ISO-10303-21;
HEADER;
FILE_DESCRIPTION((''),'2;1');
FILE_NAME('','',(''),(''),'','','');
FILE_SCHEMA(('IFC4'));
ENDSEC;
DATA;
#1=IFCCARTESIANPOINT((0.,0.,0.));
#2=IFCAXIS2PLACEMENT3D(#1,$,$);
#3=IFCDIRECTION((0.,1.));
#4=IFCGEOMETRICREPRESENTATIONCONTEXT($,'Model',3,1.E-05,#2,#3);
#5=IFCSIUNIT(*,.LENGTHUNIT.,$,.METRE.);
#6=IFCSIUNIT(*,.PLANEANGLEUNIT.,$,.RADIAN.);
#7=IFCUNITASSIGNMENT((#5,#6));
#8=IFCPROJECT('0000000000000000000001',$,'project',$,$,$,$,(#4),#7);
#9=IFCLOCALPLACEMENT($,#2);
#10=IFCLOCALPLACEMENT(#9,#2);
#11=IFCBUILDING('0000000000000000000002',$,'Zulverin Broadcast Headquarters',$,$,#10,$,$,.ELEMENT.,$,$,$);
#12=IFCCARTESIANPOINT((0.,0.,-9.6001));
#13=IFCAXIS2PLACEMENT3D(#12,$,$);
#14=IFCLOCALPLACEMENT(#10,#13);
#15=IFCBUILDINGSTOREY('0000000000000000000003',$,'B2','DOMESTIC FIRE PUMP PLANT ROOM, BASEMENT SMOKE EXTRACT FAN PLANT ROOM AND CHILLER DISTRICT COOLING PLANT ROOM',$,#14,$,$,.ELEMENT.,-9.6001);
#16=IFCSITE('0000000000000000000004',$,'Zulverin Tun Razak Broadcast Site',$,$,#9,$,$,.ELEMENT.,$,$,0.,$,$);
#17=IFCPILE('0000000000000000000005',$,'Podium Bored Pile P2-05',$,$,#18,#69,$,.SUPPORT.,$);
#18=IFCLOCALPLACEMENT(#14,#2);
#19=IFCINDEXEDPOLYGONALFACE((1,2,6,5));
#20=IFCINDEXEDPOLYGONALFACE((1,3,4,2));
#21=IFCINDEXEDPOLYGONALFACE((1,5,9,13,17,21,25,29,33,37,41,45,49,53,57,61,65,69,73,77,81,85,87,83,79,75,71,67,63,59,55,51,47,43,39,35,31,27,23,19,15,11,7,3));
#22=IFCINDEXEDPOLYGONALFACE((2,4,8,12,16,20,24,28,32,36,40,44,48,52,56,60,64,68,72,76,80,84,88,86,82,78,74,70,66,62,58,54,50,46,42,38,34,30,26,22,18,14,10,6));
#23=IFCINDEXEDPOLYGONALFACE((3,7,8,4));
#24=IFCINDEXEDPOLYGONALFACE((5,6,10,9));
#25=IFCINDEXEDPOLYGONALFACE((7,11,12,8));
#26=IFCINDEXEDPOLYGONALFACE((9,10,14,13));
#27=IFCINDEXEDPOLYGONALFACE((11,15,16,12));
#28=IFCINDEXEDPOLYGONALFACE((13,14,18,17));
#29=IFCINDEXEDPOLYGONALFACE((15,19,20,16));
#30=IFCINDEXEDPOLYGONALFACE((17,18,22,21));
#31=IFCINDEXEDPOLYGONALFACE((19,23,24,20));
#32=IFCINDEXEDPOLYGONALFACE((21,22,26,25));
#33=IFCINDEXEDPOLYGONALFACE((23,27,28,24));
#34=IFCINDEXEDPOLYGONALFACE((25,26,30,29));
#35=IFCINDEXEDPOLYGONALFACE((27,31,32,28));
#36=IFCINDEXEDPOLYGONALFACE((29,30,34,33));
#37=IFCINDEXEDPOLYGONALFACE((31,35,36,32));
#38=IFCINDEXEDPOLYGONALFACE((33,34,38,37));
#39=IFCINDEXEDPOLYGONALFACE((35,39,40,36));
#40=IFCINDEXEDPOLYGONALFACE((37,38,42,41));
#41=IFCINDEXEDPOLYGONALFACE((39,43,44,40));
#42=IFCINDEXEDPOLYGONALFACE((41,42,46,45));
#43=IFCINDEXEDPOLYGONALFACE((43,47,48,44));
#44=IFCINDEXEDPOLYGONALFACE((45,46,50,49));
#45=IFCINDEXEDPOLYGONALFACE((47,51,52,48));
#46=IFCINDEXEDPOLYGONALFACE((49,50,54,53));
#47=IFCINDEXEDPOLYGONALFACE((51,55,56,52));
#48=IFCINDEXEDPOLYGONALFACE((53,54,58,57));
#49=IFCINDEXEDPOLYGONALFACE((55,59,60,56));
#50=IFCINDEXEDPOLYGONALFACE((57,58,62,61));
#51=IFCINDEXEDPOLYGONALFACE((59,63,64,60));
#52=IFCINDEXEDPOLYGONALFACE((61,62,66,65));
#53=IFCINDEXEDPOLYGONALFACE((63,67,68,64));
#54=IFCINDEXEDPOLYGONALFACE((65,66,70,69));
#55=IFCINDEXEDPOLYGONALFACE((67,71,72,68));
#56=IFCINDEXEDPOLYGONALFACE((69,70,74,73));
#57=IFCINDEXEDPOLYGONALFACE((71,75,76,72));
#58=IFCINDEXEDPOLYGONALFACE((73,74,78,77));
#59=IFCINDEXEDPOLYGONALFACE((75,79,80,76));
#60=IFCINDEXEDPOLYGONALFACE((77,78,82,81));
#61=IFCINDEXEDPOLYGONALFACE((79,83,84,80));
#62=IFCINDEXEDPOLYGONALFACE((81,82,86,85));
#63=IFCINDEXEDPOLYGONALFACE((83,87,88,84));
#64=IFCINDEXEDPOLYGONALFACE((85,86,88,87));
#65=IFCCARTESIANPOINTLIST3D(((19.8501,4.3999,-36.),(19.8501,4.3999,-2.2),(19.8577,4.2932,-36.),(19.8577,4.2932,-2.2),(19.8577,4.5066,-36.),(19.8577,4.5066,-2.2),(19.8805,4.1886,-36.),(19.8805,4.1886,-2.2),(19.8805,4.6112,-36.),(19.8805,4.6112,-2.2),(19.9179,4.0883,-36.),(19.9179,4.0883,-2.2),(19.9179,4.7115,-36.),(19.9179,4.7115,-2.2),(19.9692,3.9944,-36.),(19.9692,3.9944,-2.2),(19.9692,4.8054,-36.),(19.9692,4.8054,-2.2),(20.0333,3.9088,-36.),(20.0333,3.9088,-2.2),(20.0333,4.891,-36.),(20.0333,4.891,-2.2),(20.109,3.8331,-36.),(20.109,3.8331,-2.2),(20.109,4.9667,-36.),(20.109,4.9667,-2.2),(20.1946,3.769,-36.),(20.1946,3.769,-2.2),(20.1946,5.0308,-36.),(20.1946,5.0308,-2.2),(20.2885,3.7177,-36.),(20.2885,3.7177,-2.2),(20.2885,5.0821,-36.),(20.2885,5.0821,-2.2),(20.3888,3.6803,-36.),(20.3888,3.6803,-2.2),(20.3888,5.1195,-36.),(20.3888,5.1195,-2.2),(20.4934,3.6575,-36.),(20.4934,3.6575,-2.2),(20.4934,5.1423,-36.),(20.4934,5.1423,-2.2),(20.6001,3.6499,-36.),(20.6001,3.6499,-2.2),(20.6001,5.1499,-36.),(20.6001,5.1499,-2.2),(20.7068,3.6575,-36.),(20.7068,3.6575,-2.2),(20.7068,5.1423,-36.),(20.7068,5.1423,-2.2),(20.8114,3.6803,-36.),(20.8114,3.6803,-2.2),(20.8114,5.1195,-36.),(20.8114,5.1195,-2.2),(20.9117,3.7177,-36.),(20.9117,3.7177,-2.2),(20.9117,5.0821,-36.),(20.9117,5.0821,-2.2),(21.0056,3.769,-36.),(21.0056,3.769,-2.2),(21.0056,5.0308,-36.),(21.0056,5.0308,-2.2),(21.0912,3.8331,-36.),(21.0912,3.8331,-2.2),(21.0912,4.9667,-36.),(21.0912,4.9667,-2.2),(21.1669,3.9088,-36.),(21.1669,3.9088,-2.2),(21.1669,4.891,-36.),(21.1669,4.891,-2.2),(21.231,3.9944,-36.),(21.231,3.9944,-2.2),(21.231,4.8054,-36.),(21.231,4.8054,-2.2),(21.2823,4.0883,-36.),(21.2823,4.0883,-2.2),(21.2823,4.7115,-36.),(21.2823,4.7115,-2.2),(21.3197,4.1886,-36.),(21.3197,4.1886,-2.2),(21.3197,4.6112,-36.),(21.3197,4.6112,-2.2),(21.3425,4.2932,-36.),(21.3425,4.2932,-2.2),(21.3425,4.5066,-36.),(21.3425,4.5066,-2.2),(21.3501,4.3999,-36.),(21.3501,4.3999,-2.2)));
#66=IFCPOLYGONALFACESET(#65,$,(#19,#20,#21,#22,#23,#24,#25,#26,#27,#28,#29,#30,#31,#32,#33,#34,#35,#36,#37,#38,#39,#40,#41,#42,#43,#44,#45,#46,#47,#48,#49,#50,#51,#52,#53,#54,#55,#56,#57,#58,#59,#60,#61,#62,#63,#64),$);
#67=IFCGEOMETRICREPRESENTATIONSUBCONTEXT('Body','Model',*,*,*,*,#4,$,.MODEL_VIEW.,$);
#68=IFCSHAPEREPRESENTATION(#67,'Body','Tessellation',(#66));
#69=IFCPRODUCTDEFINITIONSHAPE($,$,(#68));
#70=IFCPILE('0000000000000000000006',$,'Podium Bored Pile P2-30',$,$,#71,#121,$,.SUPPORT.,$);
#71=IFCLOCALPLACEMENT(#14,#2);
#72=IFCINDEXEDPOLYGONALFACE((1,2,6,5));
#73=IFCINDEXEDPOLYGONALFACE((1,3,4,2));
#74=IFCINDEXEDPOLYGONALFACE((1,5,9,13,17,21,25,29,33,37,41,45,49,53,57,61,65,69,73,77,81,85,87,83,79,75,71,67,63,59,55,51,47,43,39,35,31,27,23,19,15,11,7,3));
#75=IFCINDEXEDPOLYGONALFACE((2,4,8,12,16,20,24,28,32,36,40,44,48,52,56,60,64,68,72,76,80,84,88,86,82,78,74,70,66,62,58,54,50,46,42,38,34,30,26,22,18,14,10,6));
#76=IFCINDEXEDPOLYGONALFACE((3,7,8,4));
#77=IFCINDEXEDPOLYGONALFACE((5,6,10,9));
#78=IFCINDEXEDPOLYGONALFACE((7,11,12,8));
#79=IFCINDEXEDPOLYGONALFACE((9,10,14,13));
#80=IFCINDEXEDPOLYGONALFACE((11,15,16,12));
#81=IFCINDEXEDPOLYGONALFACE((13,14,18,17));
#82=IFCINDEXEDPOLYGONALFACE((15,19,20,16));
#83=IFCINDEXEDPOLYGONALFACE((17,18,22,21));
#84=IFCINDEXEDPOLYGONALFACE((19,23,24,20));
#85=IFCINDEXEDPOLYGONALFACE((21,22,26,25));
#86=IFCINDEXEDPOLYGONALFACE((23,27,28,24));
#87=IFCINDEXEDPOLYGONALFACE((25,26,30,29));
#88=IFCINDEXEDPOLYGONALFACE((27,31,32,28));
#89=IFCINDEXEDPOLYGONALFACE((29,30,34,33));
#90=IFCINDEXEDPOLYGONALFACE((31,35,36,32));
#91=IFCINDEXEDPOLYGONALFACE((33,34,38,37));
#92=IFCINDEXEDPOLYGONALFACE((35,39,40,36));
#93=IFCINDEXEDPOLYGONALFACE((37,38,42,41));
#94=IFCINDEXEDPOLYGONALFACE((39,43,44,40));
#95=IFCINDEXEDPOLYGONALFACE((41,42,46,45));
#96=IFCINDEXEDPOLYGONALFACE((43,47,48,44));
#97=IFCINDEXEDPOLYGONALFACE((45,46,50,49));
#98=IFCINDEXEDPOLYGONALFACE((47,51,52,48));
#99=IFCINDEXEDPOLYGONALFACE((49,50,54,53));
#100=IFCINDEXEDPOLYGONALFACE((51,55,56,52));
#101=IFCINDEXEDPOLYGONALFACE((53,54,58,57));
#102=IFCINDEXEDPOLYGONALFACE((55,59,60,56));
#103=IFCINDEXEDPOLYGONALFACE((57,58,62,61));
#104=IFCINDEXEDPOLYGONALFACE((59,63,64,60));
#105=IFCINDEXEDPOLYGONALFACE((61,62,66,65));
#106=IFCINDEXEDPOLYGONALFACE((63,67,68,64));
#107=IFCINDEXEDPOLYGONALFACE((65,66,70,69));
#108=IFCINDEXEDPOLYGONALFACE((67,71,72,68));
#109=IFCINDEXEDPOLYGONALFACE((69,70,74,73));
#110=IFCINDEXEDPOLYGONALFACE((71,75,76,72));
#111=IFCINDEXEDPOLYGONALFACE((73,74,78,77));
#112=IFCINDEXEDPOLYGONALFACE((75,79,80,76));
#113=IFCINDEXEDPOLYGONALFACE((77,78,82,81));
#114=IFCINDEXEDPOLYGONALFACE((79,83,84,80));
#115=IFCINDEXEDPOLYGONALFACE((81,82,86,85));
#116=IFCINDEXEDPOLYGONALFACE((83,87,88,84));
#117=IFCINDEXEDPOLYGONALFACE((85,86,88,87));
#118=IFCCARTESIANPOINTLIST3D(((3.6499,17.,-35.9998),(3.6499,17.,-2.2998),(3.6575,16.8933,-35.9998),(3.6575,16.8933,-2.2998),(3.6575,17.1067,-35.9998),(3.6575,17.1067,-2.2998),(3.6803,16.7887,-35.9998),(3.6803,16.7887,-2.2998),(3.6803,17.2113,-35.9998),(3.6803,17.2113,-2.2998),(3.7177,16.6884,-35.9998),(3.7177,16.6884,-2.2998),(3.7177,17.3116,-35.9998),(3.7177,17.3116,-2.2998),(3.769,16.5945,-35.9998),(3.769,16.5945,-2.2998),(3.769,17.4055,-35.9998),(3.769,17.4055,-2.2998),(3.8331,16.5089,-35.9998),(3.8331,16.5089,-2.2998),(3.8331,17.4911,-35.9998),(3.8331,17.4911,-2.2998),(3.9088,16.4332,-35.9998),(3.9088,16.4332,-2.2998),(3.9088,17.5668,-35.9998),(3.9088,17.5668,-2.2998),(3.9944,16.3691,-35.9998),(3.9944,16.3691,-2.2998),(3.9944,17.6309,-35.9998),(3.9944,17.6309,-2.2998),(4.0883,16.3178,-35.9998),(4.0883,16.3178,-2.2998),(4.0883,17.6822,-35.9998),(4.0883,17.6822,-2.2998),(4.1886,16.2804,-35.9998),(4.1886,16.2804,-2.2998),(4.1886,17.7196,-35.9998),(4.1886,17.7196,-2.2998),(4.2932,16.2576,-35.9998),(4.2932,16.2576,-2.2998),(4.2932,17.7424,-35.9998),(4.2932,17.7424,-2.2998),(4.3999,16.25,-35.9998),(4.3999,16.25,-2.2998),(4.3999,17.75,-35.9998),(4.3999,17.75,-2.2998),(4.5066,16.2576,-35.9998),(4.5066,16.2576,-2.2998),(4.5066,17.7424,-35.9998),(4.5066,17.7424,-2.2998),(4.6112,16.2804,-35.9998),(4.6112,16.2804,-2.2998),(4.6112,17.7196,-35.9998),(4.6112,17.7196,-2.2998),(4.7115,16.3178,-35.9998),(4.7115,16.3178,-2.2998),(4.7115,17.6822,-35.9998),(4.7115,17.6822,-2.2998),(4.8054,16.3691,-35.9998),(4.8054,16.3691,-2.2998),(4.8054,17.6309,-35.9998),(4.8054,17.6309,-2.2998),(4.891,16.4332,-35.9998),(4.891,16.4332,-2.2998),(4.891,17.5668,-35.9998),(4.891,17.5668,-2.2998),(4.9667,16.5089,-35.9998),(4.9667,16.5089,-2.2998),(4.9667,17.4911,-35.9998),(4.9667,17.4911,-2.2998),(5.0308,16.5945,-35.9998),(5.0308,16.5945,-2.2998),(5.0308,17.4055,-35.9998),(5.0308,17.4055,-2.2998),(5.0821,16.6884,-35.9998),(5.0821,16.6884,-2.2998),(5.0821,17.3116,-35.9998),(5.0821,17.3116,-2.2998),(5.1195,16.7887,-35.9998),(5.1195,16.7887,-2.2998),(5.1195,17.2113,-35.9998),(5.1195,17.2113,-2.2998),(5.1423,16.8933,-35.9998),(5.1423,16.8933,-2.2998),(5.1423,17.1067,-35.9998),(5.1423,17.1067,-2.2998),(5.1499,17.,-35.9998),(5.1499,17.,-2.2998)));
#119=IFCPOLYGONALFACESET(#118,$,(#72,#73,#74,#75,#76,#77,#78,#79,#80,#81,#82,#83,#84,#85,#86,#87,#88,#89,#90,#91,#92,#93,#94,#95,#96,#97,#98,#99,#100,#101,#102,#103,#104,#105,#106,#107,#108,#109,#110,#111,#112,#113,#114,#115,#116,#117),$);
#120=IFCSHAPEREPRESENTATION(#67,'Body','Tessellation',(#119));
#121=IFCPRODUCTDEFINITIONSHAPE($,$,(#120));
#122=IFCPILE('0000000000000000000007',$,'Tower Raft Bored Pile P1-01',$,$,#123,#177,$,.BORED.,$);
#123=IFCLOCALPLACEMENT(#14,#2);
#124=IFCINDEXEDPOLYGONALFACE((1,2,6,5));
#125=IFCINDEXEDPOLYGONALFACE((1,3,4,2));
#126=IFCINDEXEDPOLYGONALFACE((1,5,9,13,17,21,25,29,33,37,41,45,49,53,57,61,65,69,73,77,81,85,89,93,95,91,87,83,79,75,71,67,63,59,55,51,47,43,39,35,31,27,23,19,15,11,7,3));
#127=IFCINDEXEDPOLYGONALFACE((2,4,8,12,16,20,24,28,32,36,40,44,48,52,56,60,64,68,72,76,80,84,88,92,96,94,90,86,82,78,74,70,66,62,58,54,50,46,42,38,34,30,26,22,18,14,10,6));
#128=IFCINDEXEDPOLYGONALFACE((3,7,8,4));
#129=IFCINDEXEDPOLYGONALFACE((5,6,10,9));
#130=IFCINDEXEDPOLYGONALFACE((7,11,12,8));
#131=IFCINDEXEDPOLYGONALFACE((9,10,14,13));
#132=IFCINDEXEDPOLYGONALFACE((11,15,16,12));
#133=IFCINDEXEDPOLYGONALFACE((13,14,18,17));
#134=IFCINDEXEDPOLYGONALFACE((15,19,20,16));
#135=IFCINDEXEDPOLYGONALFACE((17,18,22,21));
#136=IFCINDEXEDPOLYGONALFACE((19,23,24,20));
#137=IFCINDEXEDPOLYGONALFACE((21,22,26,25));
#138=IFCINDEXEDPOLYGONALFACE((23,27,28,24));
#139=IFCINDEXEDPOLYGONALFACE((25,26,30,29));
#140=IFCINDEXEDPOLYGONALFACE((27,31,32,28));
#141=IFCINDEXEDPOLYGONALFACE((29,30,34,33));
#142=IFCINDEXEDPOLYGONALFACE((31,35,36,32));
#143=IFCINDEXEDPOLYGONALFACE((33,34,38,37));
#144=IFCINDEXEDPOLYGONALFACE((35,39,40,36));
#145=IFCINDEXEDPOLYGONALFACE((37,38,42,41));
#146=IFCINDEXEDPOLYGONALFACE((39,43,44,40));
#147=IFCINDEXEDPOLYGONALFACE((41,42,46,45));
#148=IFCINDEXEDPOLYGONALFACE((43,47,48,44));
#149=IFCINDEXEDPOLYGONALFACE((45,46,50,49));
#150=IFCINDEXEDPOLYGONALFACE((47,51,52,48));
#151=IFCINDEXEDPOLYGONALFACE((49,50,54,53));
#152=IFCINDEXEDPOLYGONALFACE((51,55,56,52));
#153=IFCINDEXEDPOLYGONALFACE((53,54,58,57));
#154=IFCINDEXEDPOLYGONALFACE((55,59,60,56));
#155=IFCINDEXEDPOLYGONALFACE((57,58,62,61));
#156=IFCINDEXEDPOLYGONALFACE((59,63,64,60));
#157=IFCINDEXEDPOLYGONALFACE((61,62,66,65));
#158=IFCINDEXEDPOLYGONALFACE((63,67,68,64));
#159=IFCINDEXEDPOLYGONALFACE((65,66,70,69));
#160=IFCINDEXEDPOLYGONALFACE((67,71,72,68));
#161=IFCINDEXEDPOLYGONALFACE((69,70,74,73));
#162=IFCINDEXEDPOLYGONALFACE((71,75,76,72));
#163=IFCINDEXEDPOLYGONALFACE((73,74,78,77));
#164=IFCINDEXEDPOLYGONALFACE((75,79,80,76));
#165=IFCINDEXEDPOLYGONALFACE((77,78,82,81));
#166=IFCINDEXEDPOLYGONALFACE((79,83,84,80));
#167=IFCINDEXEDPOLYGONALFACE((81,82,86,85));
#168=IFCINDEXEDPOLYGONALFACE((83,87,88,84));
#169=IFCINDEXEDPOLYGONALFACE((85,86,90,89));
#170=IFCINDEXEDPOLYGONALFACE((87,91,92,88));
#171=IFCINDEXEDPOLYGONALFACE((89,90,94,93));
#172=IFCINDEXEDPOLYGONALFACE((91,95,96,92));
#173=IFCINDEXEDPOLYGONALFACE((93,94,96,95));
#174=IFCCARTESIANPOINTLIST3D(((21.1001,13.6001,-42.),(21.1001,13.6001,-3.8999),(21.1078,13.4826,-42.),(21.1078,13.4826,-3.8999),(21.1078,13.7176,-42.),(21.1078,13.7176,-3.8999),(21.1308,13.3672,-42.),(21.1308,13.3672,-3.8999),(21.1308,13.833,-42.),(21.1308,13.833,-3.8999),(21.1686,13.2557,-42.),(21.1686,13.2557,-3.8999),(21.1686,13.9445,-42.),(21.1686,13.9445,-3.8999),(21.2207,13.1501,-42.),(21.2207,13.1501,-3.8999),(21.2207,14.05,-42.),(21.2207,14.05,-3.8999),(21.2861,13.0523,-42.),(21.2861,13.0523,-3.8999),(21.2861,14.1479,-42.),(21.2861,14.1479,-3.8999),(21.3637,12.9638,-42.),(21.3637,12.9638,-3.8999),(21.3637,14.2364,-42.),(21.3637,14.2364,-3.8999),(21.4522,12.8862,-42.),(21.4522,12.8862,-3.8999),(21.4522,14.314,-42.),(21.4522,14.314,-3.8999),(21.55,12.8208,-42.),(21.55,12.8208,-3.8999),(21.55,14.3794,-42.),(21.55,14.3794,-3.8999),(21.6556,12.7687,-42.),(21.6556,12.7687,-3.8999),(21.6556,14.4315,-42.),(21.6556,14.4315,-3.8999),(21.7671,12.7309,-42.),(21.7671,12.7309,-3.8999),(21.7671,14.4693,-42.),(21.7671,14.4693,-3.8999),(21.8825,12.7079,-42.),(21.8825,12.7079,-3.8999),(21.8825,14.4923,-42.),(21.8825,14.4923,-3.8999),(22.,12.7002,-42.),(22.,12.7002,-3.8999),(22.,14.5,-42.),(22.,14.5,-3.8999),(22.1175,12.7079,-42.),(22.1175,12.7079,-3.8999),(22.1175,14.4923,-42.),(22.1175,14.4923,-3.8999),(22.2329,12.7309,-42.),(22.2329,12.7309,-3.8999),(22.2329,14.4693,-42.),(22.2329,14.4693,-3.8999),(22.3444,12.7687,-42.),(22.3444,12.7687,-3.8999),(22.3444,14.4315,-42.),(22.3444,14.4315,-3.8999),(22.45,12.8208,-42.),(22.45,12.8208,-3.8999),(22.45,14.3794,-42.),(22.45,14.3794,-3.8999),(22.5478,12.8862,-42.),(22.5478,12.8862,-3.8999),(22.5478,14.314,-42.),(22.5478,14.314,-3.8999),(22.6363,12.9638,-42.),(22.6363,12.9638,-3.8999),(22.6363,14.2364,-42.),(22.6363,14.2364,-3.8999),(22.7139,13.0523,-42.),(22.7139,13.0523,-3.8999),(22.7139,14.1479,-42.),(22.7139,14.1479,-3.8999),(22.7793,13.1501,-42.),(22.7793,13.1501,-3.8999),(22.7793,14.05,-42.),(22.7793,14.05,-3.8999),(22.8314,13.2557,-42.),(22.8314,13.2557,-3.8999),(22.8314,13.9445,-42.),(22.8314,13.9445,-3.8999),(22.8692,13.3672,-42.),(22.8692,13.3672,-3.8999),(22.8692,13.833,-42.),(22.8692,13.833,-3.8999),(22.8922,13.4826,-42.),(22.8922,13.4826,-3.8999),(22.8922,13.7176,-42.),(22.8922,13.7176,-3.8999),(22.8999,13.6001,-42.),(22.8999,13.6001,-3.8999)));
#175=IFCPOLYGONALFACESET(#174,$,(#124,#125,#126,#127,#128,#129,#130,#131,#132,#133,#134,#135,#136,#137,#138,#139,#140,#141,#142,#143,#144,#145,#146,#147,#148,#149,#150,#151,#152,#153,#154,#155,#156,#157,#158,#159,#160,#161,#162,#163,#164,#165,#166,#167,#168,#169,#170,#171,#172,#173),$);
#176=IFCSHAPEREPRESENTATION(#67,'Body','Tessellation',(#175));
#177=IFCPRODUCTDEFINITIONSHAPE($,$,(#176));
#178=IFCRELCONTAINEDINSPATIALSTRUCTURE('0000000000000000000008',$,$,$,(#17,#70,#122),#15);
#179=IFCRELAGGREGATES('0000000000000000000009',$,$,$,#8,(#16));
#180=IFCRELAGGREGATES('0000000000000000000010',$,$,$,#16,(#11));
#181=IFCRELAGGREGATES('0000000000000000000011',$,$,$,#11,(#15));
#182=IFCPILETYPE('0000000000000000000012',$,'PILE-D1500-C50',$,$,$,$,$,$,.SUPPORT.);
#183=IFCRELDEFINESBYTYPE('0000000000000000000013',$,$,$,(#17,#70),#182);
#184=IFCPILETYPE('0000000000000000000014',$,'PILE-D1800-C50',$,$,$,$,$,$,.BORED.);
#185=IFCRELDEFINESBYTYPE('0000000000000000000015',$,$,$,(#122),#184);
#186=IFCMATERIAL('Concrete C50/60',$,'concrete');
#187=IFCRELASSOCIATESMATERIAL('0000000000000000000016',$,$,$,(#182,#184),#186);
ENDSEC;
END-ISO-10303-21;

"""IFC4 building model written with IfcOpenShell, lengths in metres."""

from ifc_helpers import new_model, si_unit, direction, frame, origin, origin_2d, place, context, subcontext, project, spatial, circle, extrude, material, material_profile, profile_set, type_object, element, save


model = new_model("IFC4")

# Units and contexts
model_context = context("Model", 3, precision=1e-05, world=origin(), true_north=direction((0.0, 1.0)))
body_context = subcontext(model_context, "Body", "Model", "MODEL_VIEW")
ifc_project = project(units=[si_unit("LENGTHUNIT", "METRE"), si_unit("PLANEANGLEUNIT", "RADIAN")], contexts=[model_context])

# Site, building, storey
site_placement = place(None, origin())
site = spatial("IfcSite", under=ifc_project, at=site_placement, Name="Zulverin Tun Razak Broadcast Site", CompositionType="ELEMENT", RefElevation=0.0)
building_placement = place(site_placement, origin())
building = spatial("IfcBuilding", under=site, at=building_placement, Name="Zulverin Broadcast Headquarters", CompositionType="ELEMENT")
storey_placement = place(building_placement, frame((0.0, 0.0, -9.6001)))
storey = spatial("IfcBuildingStorey", under=building, at=storey_placement, Name="B2", Description="DOMESTIC FIRE PUMP PLANT ROOM, BASEMENT SMOKE EXTRACT FAN PLANT ROOM AND CHILLER DISTRICT COOLING PLANT ROOM", CompositionType="ELEMENT", Elevation=-9.6001)

# Shared definitions
ifc_material_1 = material(Name="Concrete C50/60", Category="concrete")

# Piles
ifc_material_profile_1 = material_profile(ifc_material_1, circle(Radius=0.75, at=origin_2d()), Name="Concrete C50/60", Category="concrete")
ifc_profile_set_1 = profile_set([ifc_material_profile_1], Name="Concrete C50/60")
pile_type_1 = type_object("IfcPileType", Name="PILE-D1500-C50", PredefinedType="SUPPORT", material=ifc_profile_set_1)
pile_1_placement = place(storey_placement, frame((20.6001, 4.3999, -2.2), z_axis=(0.0, 0.0, -1.0), x_axis=(1.0, 0.0, 0.0)))
element("IfcPile", 1, at=pile_1_placement, inside=storey, type_object=pile_type_1, Name="Podium Bored Pile P2-05", PredefinedType="SUPPORT", context=body_context, shape_type="SweptSolid", body=[
    extrude(circle(Radius=0.75, at=origin_2d()), origin(), (0.0, 0.0, 1.0), 33.8),
])
pile_2_placement = place(storey_placement, frame((4.3999, 17.0, -2.2998), z_axis=(0.0, 0.0, -1.0), x_axis=(1.0, 0.0, 0.0)))
element("IfcPile", 2, at=pile_2_placement, inside=storey, type_object=pile_type_1, Name="Podium Bored Pile P2-30", PredefinedType="SUPPORT", context=body_context, shape_type="SweptSolid", body=[
    extrude(circle(Radius=0.75, at=origin_2d()), origin(), (0.0, 0.0, 1.0), 33.7),
])
ifc_material_profile_2 = material_profile(ifc_material_1, circle(Radius=0.8999, at=origin_2d()), Name="Concrete C50/60", Category="concrete")
ifc_profile_set_2 = profile_set([ifc_material_profile_2], Name="Concrete C50/60")
pile_type_2 = type_object("IfcPileType", Name="PILE-D1800-C50", PredefinedType="BORED", material=ifc_profile_set_2)
for number, where, z_axis, x_axis, name in (
    (3, (22.0, 13.6001, -3.8999), (0.0, 0.0, -1.0), (1.0, 0.0, 0.0), "Tower Raft Bored Pile P1-01"),
):
    element("IfcPile", number, at=place(storey_placement, frame(where, z_axis=z_axis, x_axis=x_axis)), inside=storey, type_object=pile_type_2, Name=name, PredefinedType="BORED", context=body_context, shape_type="SweptSolid", body=[
        extrude(circle(Radius=0.8999, at=origin_2d()), origin(), (0.0, 0.0, 1.0), 38.1001),
    ])

save(model, "model.ifc")
